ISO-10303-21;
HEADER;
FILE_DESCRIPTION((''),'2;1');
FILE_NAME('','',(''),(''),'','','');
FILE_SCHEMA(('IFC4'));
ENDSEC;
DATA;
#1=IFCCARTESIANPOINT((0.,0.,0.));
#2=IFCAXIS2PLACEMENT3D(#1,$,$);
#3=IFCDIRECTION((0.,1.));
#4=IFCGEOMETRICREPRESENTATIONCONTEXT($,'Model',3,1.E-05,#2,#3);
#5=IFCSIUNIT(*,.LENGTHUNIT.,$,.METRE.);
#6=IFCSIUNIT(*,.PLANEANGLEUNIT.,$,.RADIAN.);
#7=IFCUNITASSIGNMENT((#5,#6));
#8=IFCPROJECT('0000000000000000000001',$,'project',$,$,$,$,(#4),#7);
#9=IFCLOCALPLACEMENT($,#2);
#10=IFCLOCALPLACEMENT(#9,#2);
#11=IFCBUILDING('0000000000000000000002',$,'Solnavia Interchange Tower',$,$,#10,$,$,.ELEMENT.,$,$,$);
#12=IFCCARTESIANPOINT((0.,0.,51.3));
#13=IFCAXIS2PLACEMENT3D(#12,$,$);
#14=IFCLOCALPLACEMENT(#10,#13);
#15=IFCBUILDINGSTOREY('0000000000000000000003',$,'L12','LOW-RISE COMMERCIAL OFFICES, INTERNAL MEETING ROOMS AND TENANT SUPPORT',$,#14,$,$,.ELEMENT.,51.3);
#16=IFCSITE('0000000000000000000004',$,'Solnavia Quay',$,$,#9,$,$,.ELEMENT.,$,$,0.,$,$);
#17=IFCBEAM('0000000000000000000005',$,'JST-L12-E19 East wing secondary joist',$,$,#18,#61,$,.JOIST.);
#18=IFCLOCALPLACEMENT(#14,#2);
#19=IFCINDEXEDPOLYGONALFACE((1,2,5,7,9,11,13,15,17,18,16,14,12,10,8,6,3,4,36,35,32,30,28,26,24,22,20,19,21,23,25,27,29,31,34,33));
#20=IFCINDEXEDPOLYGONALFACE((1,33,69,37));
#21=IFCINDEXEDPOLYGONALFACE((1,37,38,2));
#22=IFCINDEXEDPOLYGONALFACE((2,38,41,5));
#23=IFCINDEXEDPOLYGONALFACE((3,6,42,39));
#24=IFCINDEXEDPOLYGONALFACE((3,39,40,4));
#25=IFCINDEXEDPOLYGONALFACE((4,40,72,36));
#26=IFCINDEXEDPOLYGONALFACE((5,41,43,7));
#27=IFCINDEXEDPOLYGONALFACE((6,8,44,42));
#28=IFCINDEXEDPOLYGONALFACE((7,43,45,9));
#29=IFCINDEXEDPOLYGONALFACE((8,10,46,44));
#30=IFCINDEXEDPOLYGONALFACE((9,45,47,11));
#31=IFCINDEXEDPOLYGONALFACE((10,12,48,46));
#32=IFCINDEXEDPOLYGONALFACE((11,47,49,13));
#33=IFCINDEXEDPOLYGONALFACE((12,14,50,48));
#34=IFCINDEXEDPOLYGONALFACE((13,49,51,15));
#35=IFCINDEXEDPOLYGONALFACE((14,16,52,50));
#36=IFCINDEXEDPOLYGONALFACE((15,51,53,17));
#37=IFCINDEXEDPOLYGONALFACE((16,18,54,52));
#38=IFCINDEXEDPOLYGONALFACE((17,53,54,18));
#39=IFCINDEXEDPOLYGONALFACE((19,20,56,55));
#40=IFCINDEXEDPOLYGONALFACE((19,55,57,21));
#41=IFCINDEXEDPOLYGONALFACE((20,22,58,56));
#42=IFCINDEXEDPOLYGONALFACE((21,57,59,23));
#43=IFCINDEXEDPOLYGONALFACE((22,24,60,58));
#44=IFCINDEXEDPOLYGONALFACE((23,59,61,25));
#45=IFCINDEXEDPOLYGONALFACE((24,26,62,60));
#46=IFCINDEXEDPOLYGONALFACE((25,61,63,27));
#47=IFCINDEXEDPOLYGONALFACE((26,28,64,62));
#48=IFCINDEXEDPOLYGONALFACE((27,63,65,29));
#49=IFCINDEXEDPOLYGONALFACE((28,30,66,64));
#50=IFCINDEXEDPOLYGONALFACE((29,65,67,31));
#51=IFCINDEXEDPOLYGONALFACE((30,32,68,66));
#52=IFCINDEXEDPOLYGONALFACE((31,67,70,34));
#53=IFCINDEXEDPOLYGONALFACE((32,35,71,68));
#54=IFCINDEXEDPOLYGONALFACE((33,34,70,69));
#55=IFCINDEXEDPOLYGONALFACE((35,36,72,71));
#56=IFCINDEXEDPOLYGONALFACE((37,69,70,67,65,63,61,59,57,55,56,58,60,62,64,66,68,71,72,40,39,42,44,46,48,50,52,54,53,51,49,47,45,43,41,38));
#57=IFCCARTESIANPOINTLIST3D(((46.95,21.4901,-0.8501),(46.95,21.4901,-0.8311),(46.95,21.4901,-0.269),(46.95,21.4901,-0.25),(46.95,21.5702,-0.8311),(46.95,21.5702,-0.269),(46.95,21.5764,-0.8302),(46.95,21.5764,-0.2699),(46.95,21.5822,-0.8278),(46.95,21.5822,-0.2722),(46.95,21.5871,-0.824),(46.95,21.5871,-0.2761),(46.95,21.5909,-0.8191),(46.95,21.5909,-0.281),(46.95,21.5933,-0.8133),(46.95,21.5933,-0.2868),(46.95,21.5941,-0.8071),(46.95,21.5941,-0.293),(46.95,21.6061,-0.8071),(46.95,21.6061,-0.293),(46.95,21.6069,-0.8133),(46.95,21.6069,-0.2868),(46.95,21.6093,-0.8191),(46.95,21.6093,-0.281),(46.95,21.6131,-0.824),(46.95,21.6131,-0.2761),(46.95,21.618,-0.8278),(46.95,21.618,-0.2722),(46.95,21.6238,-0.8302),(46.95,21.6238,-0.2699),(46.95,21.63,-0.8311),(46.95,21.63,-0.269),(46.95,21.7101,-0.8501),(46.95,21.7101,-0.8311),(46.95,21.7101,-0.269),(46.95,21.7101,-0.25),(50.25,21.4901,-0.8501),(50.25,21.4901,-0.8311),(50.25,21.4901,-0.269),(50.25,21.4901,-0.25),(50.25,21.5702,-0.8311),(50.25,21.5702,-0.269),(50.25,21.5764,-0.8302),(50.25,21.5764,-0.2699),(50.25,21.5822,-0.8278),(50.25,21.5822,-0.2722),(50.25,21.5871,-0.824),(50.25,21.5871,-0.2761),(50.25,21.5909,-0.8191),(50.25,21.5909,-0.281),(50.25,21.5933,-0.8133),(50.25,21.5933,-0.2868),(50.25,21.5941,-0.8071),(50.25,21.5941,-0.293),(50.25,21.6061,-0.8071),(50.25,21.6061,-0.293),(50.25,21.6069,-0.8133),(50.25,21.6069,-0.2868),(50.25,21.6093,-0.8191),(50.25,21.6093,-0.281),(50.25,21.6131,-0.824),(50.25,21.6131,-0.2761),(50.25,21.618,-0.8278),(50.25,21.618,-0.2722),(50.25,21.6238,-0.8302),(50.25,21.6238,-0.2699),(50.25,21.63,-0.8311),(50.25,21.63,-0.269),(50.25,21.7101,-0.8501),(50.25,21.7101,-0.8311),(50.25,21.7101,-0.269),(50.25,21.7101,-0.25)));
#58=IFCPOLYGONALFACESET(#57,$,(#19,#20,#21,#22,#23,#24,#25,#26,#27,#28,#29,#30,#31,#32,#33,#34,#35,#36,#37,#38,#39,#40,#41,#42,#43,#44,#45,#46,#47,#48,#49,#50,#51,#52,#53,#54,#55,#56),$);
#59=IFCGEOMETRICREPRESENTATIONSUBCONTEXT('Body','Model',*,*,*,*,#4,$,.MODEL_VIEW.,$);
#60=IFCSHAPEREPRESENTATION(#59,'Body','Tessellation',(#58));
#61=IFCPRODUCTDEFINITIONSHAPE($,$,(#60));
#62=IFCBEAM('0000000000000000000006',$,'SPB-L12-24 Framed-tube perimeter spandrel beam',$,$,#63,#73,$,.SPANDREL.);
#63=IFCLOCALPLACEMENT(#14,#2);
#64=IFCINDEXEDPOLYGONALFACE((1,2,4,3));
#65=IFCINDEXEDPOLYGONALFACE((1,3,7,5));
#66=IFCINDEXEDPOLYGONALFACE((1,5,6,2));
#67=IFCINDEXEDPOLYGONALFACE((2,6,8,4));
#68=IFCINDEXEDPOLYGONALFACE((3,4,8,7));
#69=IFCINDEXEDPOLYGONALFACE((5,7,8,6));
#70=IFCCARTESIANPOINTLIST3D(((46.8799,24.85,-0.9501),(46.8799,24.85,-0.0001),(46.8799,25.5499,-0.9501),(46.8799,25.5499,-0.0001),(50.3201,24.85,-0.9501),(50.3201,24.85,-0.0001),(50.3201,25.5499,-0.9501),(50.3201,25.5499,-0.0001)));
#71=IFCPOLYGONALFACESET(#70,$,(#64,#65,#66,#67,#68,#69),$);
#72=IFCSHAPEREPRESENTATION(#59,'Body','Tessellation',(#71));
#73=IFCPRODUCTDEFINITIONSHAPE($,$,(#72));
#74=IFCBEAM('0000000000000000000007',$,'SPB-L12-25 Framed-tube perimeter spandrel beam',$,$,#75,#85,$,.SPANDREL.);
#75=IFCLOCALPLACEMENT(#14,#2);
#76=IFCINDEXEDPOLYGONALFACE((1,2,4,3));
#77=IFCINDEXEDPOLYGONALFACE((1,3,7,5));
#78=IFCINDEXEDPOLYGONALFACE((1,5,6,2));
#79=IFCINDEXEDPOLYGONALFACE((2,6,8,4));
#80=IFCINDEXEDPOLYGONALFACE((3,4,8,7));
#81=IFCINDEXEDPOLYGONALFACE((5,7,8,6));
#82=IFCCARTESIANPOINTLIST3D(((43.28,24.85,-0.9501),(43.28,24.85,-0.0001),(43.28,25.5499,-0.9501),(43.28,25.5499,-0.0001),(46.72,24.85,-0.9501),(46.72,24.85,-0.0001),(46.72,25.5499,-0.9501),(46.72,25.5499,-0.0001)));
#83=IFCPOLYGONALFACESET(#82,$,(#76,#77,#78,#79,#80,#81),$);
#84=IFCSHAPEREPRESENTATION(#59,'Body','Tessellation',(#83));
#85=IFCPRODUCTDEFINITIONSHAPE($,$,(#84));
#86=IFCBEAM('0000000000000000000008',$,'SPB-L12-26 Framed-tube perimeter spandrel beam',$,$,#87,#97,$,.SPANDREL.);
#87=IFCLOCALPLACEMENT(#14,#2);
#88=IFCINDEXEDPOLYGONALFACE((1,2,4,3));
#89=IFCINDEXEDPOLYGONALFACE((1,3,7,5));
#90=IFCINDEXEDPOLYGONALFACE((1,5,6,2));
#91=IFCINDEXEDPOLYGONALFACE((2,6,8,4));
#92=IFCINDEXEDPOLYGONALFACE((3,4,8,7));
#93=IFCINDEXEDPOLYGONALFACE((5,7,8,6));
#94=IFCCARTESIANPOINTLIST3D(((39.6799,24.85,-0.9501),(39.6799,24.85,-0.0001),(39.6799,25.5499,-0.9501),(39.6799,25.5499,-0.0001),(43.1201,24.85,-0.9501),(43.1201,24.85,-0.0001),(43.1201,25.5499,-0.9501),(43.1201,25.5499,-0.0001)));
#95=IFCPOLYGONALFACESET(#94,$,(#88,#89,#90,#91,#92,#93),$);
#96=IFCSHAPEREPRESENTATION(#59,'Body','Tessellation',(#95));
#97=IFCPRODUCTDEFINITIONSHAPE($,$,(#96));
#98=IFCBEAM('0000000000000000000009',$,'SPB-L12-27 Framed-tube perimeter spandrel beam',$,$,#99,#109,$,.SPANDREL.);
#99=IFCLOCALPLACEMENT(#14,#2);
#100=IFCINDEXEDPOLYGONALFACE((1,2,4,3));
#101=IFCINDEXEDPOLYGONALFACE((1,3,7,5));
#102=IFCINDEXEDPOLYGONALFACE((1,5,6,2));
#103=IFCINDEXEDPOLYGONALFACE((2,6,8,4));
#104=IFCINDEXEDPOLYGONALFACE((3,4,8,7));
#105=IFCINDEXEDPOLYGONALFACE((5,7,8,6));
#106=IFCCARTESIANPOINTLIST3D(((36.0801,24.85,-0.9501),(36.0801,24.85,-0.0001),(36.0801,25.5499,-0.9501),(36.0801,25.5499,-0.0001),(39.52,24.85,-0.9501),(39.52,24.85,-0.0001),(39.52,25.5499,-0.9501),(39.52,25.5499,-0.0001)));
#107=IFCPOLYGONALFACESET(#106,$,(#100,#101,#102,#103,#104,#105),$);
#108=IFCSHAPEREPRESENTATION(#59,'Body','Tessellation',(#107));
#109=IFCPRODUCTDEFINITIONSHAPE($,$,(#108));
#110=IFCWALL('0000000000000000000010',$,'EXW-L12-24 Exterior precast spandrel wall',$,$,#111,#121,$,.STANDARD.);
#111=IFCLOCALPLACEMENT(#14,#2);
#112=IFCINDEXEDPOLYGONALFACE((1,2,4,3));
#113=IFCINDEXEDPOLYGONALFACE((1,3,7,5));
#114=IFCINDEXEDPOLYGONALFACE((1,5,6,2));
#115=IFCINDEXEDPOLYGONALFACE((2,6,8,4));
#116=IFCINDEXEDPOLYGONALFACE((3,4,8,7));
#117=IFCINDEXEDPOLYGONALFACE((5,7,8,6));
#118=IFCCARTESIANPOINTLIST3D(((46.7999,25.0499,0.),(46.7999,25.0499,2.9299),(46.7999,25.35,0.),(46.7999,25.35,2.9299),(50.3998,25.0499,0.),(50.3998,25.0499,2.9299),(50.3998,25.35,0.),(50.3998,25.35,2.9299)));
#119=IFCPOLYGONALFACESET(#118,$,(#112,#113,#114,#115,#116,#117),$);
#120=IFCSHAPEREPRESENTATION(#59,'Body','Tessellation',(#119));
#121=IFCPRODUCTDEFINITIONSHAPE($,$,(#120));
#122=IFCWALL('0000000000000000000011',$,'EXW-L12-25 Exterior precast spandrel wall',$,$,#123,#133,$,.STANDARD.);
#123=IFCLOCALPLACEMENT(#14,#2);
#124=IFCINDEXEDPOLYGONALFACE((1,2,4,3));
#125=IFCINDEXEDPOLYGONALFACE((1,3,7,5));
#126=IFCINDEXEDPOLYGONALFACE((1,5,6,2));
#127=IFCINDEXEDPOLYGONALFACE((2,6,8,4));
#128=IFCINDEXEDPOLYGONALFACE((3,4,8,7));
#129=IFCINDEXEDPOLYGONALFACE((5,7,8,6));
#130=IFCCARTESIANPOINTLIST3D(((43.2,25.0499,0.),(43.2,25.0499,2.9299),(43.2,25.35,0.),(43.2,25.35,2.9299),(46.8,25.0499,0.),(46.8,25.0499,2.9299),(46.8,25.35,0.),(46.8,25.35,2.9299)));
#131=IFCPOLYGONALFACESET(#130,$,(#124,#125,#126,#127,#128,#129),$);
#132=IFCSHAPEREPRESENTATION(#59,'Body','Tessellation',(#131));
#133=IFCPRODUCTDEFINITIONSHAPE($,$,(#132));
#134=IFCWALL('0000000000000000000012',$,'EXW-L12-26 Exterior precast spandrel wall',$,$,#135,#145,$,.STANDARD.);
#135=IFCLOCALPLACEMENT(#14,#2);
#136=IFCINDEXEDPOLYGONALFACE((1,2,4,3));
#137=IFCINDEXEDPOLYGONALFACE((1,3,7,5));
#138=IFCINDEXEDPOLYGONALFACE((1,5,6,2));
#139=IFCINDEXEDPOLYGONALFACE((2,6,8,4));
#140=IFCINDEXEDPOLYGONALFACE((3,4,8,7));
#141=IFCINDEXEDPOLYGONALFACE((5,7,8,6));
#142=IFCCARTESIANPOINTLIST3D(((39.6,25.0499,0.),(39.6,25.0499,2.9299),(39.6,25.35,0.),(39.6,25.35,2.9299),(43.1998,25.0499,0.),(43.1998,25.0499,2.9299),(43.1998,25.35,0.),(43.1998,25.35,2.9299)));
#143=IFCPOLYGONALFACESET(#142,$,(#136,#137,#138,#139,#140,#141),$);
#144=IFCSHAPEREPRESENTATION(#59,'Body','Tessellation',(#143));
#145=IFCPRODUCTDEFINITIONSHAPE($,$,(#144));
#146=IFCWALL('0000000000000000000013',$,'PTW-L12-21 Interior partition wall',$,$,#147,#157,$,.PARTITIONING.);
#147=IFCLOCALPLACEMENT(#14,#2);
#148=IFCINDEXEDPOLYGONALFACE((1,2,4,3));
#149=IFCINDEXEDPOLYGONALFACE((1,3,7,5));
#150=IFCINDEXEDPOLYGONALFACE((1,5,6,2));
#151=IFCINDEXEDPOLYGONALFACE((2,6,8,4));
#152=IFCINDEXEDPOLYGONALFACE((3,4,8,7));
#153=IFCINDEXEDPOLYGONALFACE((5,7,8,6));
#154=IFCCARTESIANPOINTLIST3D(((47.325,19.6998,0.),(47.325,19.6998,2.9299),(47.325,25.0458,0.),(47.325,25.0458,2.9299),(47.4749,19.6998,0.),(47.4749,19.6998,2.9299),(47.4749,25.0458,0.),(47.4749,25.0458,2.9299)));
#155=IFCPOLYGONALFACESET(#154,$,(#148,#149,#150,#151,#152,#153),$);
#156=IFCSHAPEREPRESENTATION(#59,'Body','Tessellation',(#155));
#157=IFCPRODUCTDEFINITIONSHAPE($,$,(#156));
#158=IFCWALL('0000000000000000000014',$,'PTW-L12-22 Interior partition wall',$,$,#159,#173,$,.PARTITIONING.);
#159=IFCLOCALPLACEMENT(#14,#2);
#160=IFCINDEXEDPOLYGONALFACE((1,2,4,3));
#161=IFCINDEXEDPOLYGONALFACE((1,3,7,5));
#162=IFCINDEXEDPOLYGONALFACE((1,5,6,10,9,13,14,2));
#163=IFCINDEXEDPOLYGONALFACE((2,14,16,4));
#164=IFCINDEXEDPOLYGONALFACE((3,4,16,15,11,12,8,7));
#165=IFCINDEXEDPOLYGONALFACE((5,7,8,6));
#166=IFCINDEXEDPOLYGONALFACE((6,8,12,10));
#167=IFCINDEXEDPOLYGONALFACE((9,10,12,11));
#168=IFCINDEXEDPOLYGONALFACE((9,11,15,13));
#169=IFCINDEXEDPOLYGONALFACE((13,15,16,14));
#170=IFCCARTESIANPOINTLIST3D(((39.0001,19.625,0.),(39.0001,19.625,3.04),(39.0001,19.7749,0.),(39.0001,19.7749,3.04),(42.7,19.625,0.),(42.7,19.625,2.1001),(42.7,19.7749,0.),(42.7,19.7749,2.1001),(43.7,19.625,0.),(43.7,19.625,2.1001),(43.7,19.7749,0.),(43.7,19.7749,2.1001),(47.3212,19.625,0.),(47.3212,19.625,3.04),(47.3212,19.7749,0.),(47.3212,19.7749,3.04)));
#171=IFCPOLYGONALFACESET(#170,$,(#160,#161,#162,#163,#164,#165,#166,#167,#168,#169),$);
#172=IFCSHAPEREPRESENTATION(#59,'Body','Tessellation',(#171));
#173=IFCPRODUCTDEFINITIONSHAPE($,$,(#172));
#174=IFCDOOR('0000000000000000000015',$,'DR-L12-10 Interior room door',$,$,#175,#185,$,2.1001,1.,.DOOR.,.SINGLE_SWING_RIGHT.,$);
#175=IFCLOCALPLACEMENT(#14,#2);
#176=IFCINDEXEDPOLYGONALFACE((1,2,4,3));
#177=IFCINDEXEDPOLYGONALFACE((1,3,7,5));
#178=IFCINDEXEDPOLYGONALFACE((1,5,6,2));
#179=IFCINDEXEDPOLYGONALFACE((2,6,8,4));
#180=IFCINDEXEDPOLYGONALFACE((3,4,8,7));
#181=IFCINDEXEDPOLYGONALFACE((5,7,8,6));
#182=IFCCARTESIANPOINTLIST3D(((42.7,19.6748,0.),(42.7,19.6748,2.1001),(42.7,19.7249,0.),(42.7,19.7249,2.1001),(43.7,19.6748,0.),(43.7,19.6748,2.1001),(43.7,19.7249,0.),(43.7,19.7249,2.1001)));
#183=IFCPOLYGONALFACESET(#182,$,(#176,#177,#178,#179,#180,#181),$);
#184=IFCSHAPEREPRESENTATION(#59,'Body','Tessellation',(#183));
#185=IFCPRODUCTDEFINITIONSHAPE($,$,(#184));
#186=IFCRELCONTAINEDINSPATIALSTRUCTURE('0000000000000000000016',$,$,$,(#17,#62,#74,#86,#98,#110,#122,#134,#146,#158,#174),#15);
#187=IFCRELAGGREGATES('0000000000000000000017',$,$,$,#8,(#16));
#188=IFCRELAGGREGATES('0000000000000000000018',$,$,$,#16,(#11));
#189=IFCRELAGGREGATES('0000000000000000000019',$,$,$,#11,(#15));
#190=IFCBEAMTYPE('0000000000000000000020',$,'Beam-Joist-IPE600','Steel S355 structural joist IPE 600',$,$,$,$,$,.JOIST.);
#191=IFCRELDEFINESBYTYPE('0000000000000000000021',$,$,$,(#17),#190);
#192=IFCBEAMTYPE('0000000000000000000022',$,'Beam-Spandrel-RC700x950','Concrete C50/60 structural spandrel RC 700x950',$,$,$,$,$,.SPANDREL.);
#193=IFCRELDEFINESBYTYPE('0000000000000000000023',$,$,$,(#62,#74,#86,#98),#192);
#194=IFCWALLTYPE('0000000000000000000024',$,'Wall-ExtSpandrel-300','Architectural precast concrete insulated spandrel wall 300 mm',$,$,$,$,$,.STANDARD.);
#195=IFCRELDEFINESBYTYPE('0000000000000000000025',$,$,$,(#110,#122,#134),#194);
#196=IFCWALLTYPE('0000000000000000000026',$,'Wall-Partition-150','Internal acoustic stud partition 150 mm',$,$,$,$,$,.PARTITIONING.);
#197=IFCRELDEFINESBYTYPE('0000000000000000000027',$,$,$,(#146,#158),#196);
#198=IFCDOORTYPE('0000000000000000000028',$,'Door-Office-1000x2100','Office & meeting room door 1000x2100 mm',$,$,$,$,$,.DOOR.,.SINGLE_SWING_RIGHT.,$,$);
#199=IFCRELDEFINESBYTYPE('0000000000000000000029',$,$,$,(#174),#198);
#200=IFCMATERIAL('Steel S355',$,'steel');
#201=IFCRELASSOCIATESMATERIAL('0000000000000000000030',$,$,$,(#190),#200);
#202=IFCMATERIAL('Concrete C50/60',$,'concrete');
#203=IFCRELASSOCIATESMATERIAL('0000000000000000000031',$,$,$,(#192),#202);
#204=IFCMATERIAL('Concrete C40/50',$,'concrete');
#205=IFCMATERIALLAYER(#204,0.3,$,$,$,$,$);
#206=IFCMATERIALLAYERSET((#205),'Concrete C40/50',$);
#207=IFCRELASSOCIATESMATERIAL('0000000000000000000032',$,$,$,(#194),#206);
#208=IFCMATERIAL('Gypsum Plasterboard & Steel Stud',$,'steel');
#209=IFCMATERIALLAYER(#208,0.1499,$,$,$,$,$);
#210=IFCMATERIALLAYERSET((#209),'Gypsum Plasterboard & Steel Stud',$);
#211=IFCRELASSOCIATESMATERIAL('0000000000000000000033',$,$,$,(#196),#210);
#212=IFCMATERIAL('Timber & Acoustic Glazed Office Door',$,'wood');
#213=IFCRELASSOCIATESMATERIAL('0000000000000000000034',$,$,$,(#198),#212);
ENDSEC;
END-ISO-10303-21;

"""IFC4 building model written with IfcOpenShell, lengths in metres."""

from ifc_helpers import new_model, si_unit, direction, frame, frame_2d, origin, origin_2d, place, context, subcontext, project, spatial, rectangle, i_section, extrude, material, layer, layer_set, material_profile, profile_set, type_object, element, fill, save


model = new_model("IFC4")

# Units and contexts
model_context = context("Model", 3, precision=1e-05, world=origin(), true_north=direction((0.0, 1.0)))
body_context = subcontext(model_context, "Body", "Model", "MODEL_VIEW")
ifc_project = project(units=[si_unit("LENGTHUNIT", "METRE"), si_unit("PLANEANGLEUNIT", "RADIAN")], contexts=[model_context])

# Site, building, storey
site_placement = place(None, origin())
site = spatial("IfcSite", under=ifc_project, at=site_placement, Name="Solnavia Quay", CompositionType="ELEMENT", RefElevation=0.0)
building_placement = place(site_placement, origin())
building = spatial("IfcBuilding", under=site, at=building_placement, Name="Solnavia Interchange Tower", CompositionType="ELEMENT")
storey_placement = place(building_placement, frame((0.0, 0.0, 51.3)))
storey = spatial("IfcBuildingStorey", under=building, at=storey_placement, Name="L12", Description="LOW-RISE COMMERCIAL OFFICES, INTERNAL MEETING ROOMS AND TENANT SUPPORT", CompositionType="ELEMENT", Elevation=51.3)

# Beams
ifc_material_1 = material(Name="Steel S355", Category="steel")
ifc_material_profile_1 = material_profile(ifc_material_1, i_section(OverallWidth=0.22, OverallDepth=0.6001, WebThickness=0.012, FlangeThickness=0.019, FilletRadius=0.0239, at=origin_2d()), Name="IPE 600")
ifc_profile_set_1 = profile_set([ifc_material_profile_1], Name="Steel S355")
beam_type_1 = type_object("IfcBeamType", Name="Beam-Joist-IPE600", Description="Steel S355 structural joist IPE 600", PredefinedType="JOIST", material=ifc_profile_set_1)
for number, where, z_axis, x_axis, name in (
    (1, (46.95, 21.6001, -0.55), (1.0, 0.0, 0.0), (0.0, 1.0, 0.0), "JST-L12-E19 East wing secondary joist"),
):
    element("IfcBeam", number, at=place(storey_placement, frame(where, z_axis=z_axis, x_axis=x_axis)), inside=storey, type_object=beam_type_1, Name=name, PredefinedType="JOIST", context=body_context, shape_type="SweptSolid", body=[
        extrude(i_section(OverallWidth=0.22, OverallDepth=0.6001, WebThickness=0.012, FlangeThickness=0.019, FilletRadius=0.0239, at=origin_2d()), origin(), (0.0, 0.0, 1.0), 3.3),
    ])
ifc_material_2 = material(Name="Concrete C50/60", Category="concrete")
ifc_material_profile_2 = material_profile(ifc_material_2, rectangle(XDim=0.7, YDim=0.95, at=origin_2d()), Name="RC 700x950")
ifc_profile_set_2 = profile_set([ifc_material_profile_2], Name="Concrete C50/60")
beam_type_2 = type_object("IfcBeamType", Name="Beam-Spandrel-RC700x950", Description="Concrete C50/60 structural spandrel RC 700x950", PredefinedType="SPANDREL", material=ifc_profile_set_2)
beam_1_placement = place(storey_placement, frame((50.3201, 25.2, -0.4751), z_axis=(-1.0, 0.0, 0.0), x_axis=(0.0, -1.0, 0.0)))
element("IfcBeam", 2, at=beam_1_placement, inside=storey, type_object=beam_type_2, Name="SPB-L12-24 Framed-tube perimeter spandrel beam", PredefinedType="SPANDREL", context=body_context, shape_type="SweptSolid", body=[
    extrude(rectangle(XDim=0.7, YDim=0.95, at=origin_2d()), origin(), (0.0, 0.0, 1.0), 3.4402),
])
beam_2_placement = place(storey_placement, frame((46.72, 25.2, -0.4751), z_axis=(-1.0, 0.0, 0.0), x_axis=(0.0, -1.0, 0.0)))
element("IfcBeam", 3, at=beam_2_placement, inside=storey, type_object=beam_type_2, Name="SPB-L12-25 Framed-tube perimeter spandrel beam", PredefinedType="SPANDREL", context=body_context, shape_type="SweptSolid", body=[
    extrude(rectangle(XDim=0.7, YDim=0.95, at=origin_2d()), origin(), (0.0, 0.0, 1.0), 3.4399),
])
beam_3_placement = place(storey_placement, frame((43.1201, 25.2, -0.4751), z_axis=(-1.0, 0.0, 0.0), x_axis=(0.0, -1.0, 0.0)))
element("IfcBeam", 4, at=beam_3_placement, inside=storey, type_object=beam_type_2, Name="SPB-L12-26 Framed-tube perimeter spandrel beam", PredefinedType="SPANDREL", context=body_context, shape_type="SweptSolid", body=[
    extrude(rectangle(XDim=0.7, YDim=0.95, at=origin_2d()), origin(), (0.0, 0.0, 1.0), 3.4402),
])
beam_4_placement = place(storey_placement, frame((39.52, 25.2, -0.4751), z_axis=(-1.0, 0.0, 0.0), x_axis=(0.0, -1.0, 0.0)))
element("IfcBeam", 5, at=beam_4_placement, inside=storey, type_object=beam_type_2, Name="SPB-L12-27 Framed-tube perimeter spandrel beam", PredefinedType="SPANDREL", context=body_context, shape_type="SweptSolid", body=[
    extrude(rectangle(XDim=0.7, YDim=0.95, at=origin_2d()), origin(), (0.0, 0.0, 1.0), 3.4399),
])

# Walls
ifc_material_3 = material(Name="Concrete C40/50", Category="concrete")
ifc_layer_1 = layer(ifc_material_3, 0.3)
ifc_layer_set_1 = layer_set([ifc_layer_1], Name="Concrete C40/50")
wall_type_1 = type_object("IfcWallType", Name="Wall-ExtSpandrel-300", Description="Architectural precast concrete insulated spandrel wall 300 mm", PredefinedType="STANDARD", material=ifc_layer_set_1)
wall_1_placement = place(storey_placement, frame((46.8, 25.2, 0.0), z_axis=(0.0, 0.0, 1.0), x_axis=(1.0, 0.0, 0.0)))
element("IfcWall", 6, at=wall_1_placement, inside=storey, type_object=wall_type_1, Name="EXW-L12-24 Exterior precast spandrel wall", PredefinedType="STANDARD", context=body_context, shape_type="SweptSolid", body=[
    extrude(rectangle(XDim=3.5999, YDim=0.3, at=frame_2d((1.7998, 0.0))), origin(), (0.0, 0.0, 1.0), 2.9299),
])
wall_2_placement = place(storey_placement, frame((43.2, 25.2, 0.0), z_axis=(0.0, 0.0, 1.0), x_axis=(1.0, 0.0, 0.0)))
element("IfcWall", 7, at=wall_2_placement, inside=storey, type_object=wall_type_1, Name="EXW-L12-25 Exterior precast spandrel wall", PredefinedType="STANDARD", context=body_context, shape_type="SweptSolid", body=[
    extrude(rectangle(XDim=3.6001, YDim=0.3, at=frame_2d((1.8, 0.0))), origin(), (0.0, 0.0, 1.0), 2.9299),
])
wall_3_placement = place(storey_placement, frame((39.6001, 25.2, 0.0), z_axis=(0.0, 0.0, 1.0), x_axis=(1.0, 0.0, 0.0)))
element("IfcWall", 8, at=wall_3_placement, inside=storey, type_object=wall_type_1, Name="EXW-L12-26 Exterior precast spandrel wall", PredefinedType="STANDARD", context=body_context, shape_type="SweptSolid", body=[
    extrude(rectangle(XDim=3.5999, YDim=0.3, at=frame_2d((1.7998, 0.0))), origin(), (0.0, 0.0, 1.0), 2.9299),
])
ifc_material_4 = material(Name="Gypsum Plasterboard & Steel Stud", Category="steel")
ifc_layer_2 = layer(ifc_material_4, 0.1499)
ifc_layer_set_2 = layer_set([ifc_layer_2], Name="Gypsum Plasterboard & Steel Stud")
wall_type_2 = type_object("IfcWallType", Name="Wall-Partition-150", Description="Internal acoustic stud partition 150 mm", PredefinedType="PARTITIONING", material=ifc_layer_set_2)
wall_4_placement = place(storey_placement, frame((47.3999, 19.7, 0.0), z_axis=(0.0, 0.0, 1.0), x_axis=(0.0, 1.0, 0.0)))
element("IfcWall", 9, at=wall_4_placement, inside=storey, type_object=wall_type_2, Name="PTW-L12-21 Interior partition wall", PredefinedType="PARTITIONING", context=body_context, shape_type="SweptSolid", body=[
    extrude(rectangle(XDim=5.3459, YDim=0.1499, at=frame_2d((2.6729, 0.0))), origin(), (0.0, 0.0, 1.0), 2.9299),
])

# Wall, opening, door
wall_5_placement = place(storey_placement, frame((39.0, 19.7, 0.0), z_axis=(0.0, 0.0, 1.0), x_axis=(1.0, 0.0, 0.0)))
wall_5 = element("IfcWall", 10, at=wall_5_placement, inside=storey, type_object=wall_type_2, Name="PTW-L12-22 Interior partition wall", PredefinedType="PARTITIONING", context=body_context, shape_type="SweptSolid", body=[
    extrude(rectangle(XDim=8.321, YDim=0.1499, at=frame_2d((4.1606, 0.0))), origin(), (0.0, 0.0, 1.0), 3.04),
])
opening_1_placement = place(wall_5_placement, frame((3.7, 0.0, 0.0)))
opening_1 = element("IfcOpeningElement", 11, at=opening_1_placement, cuts=wall_5, PredefinedType="OPENING", context=body_context, shape_type="SweptSolid", body=[
    extrude(rectangle(XDim=1.0, YDim=2.1001, at=frame_2d((0.5, 1.05))), frame((0.0, 0.085, 0.0), z_axis=(0.0, -1.0, 0.0), x_axis=(1.0, 0.0, 0.0)), (0.0, 0.0, 1.0), 0.1699),
])
ifc_material_5 = material(Name="Timber & Acoustic Glazed Office Door", Category="wood")
door_type_1 = type_object("IfcDoorType", Name="Door-Office-1000x2100", Description="Office & meeting room door 1000x2100 mm", OperationType="SINGLE_SWING_RIGHT", PredefinedType="DOOR", material=ifc_material_5)
door_1_placement = place(opening_1_placement, origin())
door_1 = element("IfcDoor", 12, at=door_1_placement, inside=storey, type_object=door_type_1, Name="DR-L12-10 Interior room door", OperationType="SINGLE_SWING_RIGHT", OverallHeight=2.1001, OverallWidth=1.0, PredefinedType="DOOR", context=body_context, shape_type="SweptSolid", body=[
    extrude(rectangle(XDim=1.0, YDim=2.1001, at=frame_2d((0.5, 1.05))), frame((0.0, 0.0249, 0.0), z_axis=(0.0, -1.0, 0.0), x_axis=(1.0, 0.0, 0.0)), (0.0, 0.0, 1.0), 0.05),
])
fill(opening_1, door_1)

save(model, "model.ifc")
